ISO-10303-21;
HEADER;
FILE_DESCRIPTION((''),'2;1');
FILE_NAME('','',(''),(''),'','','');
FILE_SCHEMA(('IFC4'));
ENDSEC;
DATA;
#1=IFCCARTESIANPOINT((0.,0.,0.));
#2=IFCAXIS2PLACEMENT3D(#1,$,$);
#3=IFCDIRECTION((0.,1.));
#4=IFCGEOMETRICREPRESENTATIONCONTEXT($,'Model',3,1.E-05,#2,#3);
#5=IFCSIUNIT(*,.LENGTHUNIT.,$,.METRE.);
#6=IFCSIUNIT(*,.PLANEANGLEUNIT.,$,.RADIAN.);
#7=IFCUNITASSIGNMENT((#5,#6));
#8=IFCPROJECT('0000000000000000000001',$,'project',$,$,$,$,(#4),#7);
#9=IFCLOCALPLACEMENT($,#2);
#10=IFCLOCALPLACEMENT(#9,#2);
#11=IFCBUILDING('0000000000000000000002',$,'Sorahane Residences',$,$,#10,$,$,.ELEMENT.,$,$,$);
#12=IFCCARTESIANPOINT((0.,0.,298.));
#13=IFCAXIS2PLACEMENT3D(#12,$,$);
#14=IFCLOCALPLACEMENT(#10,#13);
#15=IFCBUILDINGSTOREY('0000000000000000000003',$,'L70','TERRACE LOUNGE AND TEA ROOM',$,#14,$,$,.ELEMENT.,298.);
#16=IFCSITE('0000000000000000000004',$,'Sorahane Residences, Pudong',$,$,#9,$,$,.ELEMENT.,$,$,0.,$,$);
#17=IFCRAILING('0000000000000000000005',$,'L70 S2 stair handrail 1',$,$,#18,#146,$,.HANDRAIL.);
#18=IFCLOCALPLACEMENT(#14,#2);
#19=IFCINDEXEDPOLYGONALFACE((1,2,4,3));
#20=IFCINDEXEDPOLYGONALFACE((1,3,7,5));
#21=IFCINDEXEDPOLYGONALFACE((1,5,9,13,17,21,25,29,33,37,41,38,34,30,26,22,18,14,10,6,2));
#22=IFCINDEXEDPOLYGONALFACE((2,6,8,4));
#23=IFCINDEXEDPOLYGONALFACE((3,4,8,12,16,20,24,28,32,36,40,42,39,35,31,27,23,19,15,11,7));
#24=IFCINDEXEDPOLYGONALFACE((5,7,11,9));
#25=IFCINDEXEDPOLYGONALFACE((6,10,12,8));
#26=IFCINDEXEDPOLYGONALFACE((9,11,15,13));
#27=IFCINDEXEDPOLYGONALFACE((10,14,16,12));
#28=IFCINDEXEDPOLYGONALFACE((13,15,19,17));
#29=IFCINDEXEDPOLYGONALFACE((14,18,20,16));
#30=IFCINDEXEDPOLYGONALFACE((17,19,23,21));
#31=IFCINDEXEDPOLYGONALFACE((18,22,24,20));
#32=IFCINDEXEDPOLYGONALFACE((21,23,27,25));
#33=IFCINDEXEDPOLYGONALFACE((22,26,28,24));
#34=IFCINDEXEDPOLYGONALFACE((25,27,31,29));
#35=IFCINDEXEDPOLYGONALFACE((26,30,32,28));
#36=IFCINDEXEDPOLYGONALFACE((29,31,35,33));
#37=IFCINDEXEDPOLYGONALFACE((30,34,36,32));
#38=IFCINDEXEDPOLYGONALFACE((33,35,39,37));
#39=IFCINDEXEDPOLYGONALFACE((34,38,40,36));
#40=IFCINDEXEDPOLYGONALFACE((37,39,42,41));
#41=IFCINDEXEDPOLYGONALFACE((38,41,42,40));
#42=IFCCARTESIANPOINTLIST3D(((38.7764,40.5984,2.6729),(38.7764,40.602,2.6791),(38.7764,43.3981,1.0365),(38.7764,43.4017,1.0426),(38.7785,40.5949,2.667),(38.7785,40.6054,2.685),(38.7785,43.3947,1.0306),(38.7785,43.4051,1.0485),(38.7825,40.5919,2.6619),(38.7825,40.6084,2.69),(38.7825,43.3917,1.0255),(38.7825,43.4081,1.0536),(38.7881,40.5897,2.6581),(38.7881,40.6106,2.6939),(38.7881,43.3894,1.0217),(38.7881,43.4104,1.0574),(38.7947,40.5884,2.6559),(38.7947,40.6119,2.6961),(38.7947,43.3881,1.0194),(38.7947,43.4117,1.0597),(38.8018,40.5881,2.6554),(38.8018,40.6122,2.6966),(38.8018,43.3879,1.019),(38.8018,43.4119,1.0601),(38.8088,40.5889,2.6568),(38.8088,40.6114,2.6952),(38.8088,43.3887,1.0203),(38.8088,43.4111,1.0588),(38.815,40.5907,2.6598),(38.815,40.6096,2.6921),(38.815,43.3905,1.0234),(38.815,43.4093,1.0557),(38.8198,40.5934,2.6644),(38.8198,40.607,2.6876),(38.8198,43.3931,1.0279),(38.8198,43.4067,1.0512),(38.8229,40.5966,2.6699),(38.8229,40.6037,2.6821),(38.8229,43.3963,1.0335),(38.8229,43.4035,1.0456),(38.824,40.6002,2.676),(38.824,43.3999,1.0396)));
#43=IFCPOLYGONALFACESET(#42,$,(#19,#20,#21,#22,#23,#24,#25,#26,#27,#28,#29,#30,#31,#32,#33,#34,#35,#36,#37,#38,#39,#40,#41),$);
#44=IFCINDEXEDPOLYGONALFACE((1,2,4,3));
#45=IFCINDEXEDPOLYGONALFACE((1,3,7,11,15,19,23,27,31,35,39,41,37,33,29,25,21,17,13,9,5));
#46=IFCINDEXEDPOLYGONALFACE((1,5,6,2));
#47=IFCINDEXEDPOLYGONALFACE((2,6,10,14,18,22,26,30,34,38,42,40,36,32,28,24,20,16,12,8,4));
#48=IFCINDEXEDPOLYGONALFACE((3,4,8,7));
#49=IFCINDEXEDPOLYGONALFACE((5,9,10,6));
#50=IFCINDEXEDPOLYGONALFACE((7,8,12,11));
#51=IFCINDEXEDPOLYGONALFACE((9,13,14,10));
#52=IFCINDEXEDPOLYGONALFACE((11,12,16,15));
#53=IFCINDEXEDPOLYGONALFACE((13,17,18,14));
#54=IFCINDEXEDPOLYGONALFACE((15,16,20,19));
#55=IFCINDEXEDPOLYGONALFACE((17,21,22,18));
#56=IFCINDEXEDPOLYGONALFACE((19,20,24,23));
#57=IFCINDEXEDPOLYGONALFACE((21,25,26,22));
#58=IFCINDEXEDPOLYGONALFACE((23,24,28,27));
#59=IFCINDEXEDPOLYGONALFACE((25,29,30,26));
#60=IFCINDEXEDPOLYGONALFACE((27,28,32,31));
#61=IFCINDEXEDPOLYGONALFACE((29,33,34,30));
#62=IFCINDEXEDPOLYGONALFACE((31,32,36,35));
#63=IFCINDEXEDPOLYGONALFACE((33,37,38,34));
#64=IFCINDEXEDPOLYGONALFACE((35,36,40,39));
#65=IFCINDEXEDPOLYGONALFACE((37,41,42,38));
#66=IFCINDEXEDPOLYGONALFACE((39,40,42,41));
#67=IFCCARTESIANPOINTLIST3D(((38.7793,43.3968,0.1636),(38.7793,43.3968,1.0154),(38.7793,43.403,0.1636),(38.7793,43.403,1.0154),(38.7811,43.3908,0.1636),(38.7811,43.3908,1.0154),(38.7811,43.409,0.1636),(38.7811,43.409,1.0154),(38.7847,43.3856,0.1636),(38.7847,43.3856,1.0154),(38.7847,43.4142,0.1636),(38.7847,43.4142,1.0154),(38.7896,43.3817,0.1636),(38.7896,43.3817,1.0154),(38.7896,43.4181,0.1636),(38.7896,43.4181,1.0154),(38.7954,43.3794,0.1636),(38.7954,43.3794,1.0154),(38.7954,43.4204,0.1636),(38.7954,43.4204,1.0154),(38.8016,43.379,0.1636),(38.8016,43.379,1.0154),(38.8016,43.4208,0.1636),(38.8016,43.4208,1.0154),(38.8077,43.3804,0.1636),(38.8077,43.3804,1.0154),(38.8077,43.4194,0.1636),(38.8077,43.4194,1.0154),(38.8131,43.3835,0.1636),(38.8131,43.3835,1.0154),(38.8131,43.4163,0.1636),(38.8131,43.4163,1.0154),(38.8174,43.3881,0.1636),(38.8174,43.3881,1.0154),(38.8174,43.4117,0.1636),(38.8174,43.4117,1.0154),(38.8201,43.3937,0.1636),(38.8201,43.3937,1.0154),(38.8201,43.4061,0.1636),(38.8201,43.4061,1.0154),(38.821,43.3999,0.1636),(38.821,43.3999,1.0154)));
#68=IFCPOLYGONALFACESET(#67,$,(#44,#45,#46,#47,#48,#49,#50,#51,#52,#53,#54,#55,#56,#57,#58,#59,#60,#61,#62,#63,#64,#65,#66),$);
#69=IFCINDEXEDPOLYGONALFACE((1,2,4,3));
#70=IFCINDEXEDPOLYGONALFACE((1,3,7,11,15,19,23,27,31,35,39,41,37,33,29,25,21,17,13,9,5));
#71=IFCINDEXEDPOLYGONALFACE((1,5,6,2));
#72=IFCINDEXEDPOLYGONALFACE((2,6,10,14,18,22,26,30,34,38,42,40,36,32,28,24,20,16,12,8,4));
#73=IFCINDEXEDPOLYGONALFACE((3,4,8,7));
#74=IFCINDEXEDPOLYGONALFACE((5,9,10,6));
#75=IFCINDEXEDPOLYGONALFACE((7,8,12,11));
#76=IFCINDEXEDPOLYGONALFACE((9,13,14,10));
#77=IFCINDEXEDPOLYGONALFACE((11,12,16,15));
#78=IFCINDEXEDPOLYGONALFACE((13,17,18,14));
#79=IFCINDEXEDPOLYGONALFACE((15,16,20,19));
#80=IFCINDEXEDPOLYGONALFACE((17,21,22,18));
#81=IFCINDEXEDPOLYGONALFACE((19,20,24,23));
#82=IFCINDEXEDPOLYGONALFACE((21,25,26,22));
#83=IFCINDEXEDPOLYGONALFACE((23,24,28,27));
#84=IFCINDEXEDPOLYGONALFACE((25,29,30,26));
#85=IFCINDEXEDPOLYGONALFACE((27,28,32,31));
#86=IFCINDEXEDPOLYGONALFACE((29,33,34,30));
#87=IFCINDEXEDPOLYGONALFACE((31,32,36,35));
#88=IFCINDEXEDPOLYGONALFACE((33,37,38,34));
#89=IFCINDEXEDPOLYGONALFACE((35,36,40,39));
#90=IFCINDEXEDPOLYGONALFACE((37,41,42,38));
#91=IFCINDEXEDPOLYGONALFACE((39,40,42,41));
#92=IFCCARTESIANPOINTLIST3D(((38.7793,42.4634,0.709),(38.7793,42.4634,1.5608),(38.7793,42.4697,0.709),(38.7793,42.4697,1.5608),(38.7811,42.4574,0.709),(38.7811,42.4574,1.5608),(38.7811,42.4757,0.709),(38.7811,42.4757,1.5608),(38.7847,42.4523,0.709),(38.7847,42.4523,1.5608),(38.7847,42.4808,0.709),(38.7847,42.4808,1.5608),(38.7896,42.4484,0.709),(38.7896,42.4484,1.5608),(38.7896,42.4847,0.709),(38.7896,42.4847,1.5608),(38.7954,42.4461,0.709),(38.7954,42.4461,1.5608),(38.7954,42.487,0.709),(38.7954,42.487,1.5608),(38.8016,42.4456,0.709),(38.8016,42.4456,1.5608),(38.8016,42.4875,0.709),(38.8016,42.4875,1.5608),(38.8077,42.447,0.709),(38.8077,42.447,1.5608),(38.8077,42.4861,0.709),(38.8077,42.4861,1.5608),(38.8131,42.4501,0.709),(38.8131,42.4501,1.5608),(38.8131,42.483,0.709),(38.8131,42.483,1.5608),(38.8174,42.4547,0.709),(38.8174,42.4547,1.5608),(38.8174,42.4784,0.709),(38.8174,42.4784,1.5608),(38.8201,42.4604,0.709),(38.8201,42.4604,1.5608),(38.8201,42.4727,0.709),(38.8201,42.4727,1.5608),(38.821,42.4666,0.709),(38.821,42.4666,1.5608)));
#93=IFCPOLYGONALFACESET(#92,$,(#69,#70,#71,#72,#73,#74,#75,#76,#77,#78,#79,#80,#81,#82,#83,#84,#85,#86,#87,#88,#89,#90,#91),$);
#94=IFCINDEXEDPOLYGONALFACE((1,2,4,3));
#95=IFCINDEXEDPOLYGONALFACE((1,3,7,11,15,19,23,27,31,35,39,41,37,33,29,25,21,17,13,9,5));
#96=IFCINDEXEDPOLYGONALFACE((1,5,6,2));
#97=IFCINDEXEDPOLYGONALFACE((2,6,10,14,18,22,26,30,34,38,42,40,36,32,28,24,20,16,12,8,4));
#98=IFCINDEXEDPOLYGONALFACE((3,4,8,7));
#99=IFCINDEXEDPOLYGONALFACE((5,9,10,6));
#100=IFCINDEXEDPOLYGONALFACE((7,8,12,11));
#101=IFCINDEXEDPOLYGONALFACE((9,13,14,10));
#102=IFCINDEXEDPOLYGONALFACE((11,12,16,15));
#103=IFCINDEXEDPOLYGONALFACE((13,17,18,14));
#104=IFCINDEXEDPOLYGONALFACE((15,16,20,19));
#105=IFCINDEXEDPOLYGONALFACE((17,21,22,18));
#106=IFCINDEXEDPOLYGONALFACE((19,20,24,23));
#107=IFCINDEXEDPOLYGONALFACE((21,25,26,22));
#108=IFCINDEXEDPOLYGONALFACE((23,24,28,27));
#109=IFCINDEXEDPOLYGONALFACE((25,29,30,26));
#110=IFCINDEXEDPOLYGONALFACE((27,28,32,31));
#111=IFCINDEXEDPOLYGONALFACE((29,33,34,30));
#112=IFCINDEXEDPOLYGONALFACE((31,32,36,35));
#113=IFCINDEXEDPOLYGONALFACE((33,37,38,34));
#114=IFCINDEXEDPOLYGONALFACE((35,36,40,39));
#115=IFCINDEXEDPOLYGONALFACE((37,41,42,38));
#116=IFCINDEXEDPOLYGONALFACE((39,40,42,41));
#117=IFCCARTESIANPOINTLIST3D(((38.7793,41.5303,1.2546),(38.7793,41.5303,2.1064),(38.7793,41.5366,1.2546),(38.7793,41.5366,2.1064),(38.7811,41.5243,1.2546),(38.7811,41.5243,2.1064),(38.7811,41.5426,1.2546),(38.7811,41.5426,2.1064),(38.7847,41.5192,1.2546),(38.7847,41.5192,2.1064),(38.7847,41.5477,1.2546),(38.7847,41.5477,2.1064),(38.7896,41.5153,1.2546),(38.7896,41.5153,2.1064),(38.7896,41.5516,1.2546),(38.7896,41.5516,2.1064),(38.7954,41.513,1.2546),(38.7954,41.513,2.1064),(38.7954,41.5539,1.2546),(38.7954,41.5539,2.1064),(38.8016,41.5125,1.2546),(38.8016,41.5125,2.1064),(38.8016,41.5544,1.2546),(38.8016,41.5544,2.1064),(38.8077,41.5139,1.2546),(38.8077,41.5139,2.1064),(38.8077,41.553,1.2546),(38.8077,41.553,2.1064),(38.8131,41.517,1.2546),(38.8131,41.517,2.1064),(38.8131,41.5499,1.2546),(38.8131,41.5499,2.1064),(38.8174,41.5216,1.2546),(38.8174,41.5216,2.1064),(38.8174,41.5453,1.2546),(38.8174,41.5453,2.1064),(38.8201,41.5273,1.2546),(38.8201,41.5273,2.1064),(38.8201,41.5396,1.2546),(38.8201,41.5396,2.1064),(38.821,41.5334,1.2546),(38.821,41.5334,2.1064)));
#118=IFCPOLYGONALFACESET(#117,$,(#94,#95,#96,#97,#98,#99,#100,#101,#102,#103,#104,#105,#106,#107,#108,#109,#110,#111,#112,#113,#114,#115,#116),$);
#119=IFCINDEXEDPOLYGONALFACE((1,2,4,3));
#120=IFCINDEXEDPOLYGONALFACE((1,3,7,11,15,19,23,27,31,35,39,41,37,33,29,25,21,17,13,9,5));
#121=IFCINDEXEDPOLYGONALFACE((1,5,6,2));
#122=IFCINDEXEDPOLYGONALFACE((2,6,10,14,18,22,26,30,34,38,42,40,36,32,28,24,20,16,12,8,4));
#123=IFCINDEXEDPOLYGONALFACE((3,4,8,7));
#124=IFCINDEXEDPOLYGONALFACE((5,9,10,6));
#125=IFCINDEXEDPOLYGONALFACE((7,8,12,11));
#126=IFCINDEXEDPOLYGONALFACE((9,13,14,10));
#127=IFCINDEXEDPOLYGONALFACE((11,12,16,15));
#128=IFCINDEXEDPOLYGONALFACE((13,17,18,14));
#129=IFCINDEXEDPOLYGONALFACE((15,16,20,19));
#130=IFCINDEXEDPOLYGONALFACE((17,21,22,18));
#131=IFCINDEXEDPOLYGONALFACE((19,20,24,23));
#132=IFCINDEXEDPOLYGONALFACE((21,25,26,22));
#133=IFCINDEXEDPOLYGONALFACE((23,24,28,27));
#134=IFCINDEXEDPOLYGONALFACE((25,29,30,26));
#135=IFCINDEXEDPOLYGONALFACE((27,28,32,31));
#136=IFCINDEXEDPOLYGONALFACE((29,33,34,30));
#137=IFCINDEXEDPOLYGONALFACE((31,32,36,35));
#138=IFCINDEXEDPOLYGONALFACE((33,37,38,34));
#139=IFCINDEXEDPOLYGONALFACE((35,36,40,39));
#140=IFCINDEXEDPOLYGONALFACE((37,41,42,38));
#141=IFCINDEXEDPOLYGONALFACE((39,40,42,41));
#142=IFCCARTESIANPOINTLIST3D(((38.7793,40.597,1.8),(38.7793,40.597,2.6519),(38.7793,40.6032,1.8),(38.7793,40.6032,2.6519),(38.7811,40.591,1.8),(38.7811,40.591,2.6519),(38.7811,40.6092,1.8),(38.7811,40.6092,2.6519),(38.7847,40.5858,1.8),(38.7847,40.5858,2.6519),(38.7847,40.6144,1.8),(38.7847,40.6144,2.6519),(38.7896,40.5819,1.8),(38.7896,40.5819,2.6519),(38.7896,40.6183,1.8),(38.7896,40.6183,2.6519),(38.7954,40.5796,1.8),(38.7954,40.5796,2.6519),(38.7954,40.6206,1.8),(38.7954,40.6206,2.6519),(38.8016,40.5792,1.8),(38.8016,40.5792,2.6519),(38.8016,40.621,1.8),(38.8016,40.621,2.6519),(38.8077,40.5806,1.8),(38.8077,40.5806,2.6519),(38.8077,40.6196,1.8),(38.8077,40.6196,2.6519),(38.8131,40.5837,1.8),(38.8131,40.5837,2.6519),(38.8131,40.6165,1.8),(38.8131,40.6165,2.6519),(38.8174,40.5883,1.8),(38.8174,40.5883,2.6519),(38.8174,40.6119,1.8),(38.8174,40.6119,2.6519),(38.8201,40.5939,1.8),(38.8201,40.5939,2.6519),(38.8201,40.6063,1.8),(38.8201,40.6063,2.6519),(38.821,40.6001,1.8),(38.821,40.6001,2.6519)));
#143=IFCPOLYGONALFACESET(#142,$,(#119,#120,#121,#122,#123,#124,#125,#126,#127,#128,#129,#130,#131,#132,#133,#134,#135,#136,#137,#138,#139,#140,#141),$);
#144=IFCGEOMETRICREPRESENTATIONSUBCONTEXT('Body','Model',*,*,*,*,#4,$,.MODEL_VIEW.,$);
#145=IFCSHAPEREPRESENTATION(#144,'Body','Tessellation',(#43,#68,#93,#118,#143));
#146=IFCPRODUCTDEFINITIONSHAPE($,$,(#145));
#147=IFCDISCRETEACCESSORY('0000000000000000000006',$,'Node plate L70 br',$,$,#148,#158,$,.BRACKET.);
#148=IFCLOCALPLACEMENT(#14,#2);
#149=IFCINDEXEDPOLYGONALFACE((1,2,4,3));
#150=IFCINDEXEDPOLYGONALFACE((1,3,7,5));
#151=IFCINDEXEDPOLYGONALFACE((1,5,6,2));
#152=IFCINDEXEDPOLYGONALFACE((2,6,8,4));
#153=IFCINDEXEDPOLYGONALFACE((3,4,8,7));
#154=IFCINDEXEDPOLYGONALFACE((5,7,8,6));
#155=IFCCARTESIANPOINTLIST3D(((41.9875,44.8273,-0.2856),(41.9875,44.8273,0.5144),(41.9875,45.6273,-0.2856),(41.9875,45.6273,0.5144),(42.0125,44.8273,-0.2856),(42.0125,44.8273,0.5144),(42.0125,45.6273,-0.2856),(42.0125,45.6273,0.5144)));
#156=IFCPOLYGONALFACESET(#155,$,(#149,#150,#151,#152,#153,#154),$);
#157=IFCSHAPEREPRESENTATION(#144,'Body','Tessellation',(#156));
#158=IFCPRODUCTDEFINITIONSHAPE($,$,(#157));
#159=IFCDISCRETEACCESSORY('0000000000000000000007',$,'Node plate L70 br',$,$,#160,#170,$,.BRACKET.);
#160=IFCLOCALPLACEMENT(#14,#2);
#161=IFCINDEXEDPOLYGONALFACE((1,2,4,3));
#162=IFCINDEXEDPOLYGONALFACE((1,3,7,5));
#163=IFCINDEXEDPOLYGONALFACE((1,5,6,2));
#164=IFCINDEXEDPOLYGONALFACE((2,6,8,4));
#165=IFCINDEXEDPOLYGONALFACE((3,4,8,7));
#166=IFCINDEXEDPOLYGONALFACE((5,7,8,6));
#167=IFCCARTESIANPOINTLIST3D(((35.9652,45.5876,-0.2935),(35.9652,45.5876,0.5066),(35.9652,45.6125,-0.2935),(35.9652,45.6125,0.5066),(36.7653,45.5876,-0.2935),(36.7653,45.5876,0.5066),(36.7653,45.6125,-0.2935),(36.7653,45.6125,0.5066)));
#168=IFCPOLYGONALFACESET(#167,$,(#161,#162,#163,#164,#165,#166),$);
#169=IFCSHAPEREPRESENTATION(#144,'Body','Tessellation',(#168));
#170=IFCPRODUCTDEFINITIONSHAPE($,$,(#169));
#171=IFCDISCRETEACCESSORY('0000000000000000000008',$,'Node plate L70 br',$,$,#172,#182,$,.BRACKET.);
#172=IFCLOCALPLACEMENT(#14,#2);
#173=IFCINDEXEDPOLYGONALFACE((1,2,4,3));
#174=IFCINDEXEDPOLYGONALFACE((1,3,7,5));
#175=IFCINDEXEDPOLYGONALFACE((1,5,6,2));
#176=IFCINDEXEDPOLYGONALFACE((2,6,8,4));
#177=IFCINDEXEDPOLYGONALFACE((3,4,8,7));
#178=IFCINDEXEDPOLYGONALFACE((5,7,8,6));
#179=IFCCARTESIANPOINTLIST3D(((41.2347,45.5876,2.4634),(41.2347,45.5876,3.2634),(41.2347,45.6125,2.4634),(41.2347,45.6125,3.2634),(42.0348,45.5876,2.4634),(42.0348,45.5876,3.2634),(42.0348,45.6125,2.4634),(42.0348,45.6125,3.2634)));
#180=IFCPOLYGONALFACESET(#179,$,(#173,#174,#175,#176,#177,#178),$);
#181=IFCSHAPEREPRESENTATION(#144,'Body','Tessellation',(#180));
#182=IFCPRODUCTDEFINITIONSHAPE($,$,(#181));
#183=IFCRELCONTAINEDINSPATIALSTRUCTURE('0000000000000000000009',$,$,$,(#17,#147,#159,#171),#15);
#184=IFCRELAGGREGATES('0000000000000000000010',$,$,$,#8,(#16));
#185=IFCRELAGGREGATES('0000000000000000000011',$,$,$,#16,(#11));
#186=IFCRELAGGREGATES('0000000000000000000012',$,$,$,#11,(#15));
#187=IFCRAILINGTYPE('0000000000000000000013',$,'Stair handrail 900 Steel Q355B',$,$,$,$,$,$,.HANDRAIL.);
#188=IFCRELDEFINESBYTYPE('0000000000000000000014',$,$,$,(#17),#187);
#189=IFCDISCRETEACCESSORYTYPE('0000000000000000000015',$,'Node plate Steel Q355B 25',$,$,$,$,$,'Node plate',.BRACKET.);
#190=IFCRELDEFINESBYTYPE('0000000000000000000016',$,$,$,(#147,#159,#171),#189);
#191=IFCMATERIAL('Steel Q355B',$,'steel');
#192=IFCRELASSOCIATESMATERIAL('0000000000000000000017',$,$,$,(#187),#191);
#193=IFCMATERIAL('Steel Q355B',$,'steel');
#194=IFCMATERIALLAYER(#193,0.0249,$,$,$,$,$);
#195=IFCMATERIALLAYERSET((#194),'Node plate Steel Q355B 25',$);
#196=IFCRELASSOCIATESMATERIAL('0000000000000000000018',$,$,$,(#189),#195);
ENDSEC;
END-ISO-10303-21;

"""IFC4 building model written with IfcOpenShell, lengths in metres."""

from ifc_helpers import new_model, si_unit, direction, frame, origin, origin_2d, place, context, subcontext, project, spatial, rectangle, circle, extrude, material, layer, layer_set, type_object, element, save


model = new_model("IFC4")

# Units and contexts
model_context = context("Model", 3, precision=1e-05, world=origin(), true_north=direction((0.0, 1.0)))
body_context = subcontext(model_context, "Body", "Model", "MODEL_VIEW")
ifc_project = project(units=[si_unit("LENGTHUNIT", "METRE"), si_unit("PLANEANGLEUNIT", "RADIAN")], contexts=[model_context])

# Site, building, storey
site_placement = place(None, origin())
site = spatial("IfcSite", under=ifc_project, at=site_placement, Name="Sorahane Residences, Pudong", CompositionType="ELEMENT", RefElevation=0.0)
building_placement = place(site_placement, origin())
building = spatial("IfcBuilding", under=site, at=building_placement, Name="Sorahane Residences", CompositionType="ELEMENT")
storey_placement = place(building_placement, frame((0.0, 0.0, 298.0)))
storey = spatial("IfcBuildingStorey", under=building, at=storey_placement, Name="L70", Description="TERRACE LOUNGE AND TEA ROOM", CompositionType="ELEMENT", Elevation=298.0)

# Railing
ifc_material_1 = material(Name="Steel Q355B", Category="steel")
railing_type_1 = type_object("IfcRailingType", Name="Stair handrail 900 Steel Q355B", PredefinedType="HANDRAIL", material=ifc_material_1)
railing_1_placement = place(storey_placement, frame((38.8, 43.3999, 0.1636)))
element("IfcRailing", 1, at=railing_1_placement, inside=storey, type_object=railing_type_1, Name="L70 S2 stair handrail 1", PredefinedType="HANDRAIL", context=body_context, shape_type="SweptSolid", body=[
    extrude(circle(Radius=0.0239, at=origin_2d()), frame((0.0, 0.0, 0.876), z_axis=(0.0, -0.863342, 0.50462), x_axis=(1.0, 0.0, 0.0)), (0.0, 0.0, 1.0), 3.2429),
    extrude(circle(Radius=0.021, at=origin_2d()), origin(), (0.0, 0.0, 1.0), 0.8518),
    extrude(circle(Radius=0.021, at=origin_2d()), frame((0.0, -0.9333, 0.5454)), (0.0, 0.0, 1.0), 0.8518),
    extrude(circle(Radius=0.021, at=origin_2d()), frame((0.0, -1.8665, 1.0911)), (0.0, 0.0, 1.0), 0.8518),
    extrude(circle(Radius=0.021, at=origin_2d()), frame((0.0, -2.7998, 1.6365)), (0.0, 0.0, 1.0), 0.8518),
])

# Discrete accessories
ifc_material_2 = material(Name="Steel Q355B", Category="steel")
ifc_layer_1 = layer(ifc_material_2, 0.0249)
ifc_layer_set_1 = layer_set([ifc_layer_1], Name="Node plate Steel Q355B 25")
discrete_accessory_type = type_object("IfcDiscreteAccessoryType", Name="Node plate Steel Q355B 25", ElementType="Node plate", PredefinedType="BRACKET", material=ifc_layer_set_1)
for number, where, z_axis, x_axis, name in (
    (2, (42.0, 45.2273, -0.2856), (0.0, 0.0, 1.0), (0.0, 1.0, 0.0), "Node plate L70 br"),
    (3, (36.3652, 45.6001, -0.2935), (0.0, 0.0, 1.0), (1.0, 0.0, 0.0), "Node plate L70 br"),
    (4, (41.6348, 45.6001, 2.4634), (0.0, 0.0, 1.0), (1.0, 0.0, 0.0), "Node plate L70 br"),
):
    element("IfcDiscreteAccessory", number, at=place(storey_placement, frame(where, z_axis=z_axis, x_axis=x_axis)), inside=storey, type_object=discrete_accessory_type, Name=name, PredefinedType="BRACKET", context=body_context, shape_type="SweptSolid", body=[
        extrude(rectangle(XDim=0.8, YDim=0.0249, at=origin_2d()), origin(), (0.0, 0.0, 1.0), 0.8),
    ])

save(model, "model.ifc")
